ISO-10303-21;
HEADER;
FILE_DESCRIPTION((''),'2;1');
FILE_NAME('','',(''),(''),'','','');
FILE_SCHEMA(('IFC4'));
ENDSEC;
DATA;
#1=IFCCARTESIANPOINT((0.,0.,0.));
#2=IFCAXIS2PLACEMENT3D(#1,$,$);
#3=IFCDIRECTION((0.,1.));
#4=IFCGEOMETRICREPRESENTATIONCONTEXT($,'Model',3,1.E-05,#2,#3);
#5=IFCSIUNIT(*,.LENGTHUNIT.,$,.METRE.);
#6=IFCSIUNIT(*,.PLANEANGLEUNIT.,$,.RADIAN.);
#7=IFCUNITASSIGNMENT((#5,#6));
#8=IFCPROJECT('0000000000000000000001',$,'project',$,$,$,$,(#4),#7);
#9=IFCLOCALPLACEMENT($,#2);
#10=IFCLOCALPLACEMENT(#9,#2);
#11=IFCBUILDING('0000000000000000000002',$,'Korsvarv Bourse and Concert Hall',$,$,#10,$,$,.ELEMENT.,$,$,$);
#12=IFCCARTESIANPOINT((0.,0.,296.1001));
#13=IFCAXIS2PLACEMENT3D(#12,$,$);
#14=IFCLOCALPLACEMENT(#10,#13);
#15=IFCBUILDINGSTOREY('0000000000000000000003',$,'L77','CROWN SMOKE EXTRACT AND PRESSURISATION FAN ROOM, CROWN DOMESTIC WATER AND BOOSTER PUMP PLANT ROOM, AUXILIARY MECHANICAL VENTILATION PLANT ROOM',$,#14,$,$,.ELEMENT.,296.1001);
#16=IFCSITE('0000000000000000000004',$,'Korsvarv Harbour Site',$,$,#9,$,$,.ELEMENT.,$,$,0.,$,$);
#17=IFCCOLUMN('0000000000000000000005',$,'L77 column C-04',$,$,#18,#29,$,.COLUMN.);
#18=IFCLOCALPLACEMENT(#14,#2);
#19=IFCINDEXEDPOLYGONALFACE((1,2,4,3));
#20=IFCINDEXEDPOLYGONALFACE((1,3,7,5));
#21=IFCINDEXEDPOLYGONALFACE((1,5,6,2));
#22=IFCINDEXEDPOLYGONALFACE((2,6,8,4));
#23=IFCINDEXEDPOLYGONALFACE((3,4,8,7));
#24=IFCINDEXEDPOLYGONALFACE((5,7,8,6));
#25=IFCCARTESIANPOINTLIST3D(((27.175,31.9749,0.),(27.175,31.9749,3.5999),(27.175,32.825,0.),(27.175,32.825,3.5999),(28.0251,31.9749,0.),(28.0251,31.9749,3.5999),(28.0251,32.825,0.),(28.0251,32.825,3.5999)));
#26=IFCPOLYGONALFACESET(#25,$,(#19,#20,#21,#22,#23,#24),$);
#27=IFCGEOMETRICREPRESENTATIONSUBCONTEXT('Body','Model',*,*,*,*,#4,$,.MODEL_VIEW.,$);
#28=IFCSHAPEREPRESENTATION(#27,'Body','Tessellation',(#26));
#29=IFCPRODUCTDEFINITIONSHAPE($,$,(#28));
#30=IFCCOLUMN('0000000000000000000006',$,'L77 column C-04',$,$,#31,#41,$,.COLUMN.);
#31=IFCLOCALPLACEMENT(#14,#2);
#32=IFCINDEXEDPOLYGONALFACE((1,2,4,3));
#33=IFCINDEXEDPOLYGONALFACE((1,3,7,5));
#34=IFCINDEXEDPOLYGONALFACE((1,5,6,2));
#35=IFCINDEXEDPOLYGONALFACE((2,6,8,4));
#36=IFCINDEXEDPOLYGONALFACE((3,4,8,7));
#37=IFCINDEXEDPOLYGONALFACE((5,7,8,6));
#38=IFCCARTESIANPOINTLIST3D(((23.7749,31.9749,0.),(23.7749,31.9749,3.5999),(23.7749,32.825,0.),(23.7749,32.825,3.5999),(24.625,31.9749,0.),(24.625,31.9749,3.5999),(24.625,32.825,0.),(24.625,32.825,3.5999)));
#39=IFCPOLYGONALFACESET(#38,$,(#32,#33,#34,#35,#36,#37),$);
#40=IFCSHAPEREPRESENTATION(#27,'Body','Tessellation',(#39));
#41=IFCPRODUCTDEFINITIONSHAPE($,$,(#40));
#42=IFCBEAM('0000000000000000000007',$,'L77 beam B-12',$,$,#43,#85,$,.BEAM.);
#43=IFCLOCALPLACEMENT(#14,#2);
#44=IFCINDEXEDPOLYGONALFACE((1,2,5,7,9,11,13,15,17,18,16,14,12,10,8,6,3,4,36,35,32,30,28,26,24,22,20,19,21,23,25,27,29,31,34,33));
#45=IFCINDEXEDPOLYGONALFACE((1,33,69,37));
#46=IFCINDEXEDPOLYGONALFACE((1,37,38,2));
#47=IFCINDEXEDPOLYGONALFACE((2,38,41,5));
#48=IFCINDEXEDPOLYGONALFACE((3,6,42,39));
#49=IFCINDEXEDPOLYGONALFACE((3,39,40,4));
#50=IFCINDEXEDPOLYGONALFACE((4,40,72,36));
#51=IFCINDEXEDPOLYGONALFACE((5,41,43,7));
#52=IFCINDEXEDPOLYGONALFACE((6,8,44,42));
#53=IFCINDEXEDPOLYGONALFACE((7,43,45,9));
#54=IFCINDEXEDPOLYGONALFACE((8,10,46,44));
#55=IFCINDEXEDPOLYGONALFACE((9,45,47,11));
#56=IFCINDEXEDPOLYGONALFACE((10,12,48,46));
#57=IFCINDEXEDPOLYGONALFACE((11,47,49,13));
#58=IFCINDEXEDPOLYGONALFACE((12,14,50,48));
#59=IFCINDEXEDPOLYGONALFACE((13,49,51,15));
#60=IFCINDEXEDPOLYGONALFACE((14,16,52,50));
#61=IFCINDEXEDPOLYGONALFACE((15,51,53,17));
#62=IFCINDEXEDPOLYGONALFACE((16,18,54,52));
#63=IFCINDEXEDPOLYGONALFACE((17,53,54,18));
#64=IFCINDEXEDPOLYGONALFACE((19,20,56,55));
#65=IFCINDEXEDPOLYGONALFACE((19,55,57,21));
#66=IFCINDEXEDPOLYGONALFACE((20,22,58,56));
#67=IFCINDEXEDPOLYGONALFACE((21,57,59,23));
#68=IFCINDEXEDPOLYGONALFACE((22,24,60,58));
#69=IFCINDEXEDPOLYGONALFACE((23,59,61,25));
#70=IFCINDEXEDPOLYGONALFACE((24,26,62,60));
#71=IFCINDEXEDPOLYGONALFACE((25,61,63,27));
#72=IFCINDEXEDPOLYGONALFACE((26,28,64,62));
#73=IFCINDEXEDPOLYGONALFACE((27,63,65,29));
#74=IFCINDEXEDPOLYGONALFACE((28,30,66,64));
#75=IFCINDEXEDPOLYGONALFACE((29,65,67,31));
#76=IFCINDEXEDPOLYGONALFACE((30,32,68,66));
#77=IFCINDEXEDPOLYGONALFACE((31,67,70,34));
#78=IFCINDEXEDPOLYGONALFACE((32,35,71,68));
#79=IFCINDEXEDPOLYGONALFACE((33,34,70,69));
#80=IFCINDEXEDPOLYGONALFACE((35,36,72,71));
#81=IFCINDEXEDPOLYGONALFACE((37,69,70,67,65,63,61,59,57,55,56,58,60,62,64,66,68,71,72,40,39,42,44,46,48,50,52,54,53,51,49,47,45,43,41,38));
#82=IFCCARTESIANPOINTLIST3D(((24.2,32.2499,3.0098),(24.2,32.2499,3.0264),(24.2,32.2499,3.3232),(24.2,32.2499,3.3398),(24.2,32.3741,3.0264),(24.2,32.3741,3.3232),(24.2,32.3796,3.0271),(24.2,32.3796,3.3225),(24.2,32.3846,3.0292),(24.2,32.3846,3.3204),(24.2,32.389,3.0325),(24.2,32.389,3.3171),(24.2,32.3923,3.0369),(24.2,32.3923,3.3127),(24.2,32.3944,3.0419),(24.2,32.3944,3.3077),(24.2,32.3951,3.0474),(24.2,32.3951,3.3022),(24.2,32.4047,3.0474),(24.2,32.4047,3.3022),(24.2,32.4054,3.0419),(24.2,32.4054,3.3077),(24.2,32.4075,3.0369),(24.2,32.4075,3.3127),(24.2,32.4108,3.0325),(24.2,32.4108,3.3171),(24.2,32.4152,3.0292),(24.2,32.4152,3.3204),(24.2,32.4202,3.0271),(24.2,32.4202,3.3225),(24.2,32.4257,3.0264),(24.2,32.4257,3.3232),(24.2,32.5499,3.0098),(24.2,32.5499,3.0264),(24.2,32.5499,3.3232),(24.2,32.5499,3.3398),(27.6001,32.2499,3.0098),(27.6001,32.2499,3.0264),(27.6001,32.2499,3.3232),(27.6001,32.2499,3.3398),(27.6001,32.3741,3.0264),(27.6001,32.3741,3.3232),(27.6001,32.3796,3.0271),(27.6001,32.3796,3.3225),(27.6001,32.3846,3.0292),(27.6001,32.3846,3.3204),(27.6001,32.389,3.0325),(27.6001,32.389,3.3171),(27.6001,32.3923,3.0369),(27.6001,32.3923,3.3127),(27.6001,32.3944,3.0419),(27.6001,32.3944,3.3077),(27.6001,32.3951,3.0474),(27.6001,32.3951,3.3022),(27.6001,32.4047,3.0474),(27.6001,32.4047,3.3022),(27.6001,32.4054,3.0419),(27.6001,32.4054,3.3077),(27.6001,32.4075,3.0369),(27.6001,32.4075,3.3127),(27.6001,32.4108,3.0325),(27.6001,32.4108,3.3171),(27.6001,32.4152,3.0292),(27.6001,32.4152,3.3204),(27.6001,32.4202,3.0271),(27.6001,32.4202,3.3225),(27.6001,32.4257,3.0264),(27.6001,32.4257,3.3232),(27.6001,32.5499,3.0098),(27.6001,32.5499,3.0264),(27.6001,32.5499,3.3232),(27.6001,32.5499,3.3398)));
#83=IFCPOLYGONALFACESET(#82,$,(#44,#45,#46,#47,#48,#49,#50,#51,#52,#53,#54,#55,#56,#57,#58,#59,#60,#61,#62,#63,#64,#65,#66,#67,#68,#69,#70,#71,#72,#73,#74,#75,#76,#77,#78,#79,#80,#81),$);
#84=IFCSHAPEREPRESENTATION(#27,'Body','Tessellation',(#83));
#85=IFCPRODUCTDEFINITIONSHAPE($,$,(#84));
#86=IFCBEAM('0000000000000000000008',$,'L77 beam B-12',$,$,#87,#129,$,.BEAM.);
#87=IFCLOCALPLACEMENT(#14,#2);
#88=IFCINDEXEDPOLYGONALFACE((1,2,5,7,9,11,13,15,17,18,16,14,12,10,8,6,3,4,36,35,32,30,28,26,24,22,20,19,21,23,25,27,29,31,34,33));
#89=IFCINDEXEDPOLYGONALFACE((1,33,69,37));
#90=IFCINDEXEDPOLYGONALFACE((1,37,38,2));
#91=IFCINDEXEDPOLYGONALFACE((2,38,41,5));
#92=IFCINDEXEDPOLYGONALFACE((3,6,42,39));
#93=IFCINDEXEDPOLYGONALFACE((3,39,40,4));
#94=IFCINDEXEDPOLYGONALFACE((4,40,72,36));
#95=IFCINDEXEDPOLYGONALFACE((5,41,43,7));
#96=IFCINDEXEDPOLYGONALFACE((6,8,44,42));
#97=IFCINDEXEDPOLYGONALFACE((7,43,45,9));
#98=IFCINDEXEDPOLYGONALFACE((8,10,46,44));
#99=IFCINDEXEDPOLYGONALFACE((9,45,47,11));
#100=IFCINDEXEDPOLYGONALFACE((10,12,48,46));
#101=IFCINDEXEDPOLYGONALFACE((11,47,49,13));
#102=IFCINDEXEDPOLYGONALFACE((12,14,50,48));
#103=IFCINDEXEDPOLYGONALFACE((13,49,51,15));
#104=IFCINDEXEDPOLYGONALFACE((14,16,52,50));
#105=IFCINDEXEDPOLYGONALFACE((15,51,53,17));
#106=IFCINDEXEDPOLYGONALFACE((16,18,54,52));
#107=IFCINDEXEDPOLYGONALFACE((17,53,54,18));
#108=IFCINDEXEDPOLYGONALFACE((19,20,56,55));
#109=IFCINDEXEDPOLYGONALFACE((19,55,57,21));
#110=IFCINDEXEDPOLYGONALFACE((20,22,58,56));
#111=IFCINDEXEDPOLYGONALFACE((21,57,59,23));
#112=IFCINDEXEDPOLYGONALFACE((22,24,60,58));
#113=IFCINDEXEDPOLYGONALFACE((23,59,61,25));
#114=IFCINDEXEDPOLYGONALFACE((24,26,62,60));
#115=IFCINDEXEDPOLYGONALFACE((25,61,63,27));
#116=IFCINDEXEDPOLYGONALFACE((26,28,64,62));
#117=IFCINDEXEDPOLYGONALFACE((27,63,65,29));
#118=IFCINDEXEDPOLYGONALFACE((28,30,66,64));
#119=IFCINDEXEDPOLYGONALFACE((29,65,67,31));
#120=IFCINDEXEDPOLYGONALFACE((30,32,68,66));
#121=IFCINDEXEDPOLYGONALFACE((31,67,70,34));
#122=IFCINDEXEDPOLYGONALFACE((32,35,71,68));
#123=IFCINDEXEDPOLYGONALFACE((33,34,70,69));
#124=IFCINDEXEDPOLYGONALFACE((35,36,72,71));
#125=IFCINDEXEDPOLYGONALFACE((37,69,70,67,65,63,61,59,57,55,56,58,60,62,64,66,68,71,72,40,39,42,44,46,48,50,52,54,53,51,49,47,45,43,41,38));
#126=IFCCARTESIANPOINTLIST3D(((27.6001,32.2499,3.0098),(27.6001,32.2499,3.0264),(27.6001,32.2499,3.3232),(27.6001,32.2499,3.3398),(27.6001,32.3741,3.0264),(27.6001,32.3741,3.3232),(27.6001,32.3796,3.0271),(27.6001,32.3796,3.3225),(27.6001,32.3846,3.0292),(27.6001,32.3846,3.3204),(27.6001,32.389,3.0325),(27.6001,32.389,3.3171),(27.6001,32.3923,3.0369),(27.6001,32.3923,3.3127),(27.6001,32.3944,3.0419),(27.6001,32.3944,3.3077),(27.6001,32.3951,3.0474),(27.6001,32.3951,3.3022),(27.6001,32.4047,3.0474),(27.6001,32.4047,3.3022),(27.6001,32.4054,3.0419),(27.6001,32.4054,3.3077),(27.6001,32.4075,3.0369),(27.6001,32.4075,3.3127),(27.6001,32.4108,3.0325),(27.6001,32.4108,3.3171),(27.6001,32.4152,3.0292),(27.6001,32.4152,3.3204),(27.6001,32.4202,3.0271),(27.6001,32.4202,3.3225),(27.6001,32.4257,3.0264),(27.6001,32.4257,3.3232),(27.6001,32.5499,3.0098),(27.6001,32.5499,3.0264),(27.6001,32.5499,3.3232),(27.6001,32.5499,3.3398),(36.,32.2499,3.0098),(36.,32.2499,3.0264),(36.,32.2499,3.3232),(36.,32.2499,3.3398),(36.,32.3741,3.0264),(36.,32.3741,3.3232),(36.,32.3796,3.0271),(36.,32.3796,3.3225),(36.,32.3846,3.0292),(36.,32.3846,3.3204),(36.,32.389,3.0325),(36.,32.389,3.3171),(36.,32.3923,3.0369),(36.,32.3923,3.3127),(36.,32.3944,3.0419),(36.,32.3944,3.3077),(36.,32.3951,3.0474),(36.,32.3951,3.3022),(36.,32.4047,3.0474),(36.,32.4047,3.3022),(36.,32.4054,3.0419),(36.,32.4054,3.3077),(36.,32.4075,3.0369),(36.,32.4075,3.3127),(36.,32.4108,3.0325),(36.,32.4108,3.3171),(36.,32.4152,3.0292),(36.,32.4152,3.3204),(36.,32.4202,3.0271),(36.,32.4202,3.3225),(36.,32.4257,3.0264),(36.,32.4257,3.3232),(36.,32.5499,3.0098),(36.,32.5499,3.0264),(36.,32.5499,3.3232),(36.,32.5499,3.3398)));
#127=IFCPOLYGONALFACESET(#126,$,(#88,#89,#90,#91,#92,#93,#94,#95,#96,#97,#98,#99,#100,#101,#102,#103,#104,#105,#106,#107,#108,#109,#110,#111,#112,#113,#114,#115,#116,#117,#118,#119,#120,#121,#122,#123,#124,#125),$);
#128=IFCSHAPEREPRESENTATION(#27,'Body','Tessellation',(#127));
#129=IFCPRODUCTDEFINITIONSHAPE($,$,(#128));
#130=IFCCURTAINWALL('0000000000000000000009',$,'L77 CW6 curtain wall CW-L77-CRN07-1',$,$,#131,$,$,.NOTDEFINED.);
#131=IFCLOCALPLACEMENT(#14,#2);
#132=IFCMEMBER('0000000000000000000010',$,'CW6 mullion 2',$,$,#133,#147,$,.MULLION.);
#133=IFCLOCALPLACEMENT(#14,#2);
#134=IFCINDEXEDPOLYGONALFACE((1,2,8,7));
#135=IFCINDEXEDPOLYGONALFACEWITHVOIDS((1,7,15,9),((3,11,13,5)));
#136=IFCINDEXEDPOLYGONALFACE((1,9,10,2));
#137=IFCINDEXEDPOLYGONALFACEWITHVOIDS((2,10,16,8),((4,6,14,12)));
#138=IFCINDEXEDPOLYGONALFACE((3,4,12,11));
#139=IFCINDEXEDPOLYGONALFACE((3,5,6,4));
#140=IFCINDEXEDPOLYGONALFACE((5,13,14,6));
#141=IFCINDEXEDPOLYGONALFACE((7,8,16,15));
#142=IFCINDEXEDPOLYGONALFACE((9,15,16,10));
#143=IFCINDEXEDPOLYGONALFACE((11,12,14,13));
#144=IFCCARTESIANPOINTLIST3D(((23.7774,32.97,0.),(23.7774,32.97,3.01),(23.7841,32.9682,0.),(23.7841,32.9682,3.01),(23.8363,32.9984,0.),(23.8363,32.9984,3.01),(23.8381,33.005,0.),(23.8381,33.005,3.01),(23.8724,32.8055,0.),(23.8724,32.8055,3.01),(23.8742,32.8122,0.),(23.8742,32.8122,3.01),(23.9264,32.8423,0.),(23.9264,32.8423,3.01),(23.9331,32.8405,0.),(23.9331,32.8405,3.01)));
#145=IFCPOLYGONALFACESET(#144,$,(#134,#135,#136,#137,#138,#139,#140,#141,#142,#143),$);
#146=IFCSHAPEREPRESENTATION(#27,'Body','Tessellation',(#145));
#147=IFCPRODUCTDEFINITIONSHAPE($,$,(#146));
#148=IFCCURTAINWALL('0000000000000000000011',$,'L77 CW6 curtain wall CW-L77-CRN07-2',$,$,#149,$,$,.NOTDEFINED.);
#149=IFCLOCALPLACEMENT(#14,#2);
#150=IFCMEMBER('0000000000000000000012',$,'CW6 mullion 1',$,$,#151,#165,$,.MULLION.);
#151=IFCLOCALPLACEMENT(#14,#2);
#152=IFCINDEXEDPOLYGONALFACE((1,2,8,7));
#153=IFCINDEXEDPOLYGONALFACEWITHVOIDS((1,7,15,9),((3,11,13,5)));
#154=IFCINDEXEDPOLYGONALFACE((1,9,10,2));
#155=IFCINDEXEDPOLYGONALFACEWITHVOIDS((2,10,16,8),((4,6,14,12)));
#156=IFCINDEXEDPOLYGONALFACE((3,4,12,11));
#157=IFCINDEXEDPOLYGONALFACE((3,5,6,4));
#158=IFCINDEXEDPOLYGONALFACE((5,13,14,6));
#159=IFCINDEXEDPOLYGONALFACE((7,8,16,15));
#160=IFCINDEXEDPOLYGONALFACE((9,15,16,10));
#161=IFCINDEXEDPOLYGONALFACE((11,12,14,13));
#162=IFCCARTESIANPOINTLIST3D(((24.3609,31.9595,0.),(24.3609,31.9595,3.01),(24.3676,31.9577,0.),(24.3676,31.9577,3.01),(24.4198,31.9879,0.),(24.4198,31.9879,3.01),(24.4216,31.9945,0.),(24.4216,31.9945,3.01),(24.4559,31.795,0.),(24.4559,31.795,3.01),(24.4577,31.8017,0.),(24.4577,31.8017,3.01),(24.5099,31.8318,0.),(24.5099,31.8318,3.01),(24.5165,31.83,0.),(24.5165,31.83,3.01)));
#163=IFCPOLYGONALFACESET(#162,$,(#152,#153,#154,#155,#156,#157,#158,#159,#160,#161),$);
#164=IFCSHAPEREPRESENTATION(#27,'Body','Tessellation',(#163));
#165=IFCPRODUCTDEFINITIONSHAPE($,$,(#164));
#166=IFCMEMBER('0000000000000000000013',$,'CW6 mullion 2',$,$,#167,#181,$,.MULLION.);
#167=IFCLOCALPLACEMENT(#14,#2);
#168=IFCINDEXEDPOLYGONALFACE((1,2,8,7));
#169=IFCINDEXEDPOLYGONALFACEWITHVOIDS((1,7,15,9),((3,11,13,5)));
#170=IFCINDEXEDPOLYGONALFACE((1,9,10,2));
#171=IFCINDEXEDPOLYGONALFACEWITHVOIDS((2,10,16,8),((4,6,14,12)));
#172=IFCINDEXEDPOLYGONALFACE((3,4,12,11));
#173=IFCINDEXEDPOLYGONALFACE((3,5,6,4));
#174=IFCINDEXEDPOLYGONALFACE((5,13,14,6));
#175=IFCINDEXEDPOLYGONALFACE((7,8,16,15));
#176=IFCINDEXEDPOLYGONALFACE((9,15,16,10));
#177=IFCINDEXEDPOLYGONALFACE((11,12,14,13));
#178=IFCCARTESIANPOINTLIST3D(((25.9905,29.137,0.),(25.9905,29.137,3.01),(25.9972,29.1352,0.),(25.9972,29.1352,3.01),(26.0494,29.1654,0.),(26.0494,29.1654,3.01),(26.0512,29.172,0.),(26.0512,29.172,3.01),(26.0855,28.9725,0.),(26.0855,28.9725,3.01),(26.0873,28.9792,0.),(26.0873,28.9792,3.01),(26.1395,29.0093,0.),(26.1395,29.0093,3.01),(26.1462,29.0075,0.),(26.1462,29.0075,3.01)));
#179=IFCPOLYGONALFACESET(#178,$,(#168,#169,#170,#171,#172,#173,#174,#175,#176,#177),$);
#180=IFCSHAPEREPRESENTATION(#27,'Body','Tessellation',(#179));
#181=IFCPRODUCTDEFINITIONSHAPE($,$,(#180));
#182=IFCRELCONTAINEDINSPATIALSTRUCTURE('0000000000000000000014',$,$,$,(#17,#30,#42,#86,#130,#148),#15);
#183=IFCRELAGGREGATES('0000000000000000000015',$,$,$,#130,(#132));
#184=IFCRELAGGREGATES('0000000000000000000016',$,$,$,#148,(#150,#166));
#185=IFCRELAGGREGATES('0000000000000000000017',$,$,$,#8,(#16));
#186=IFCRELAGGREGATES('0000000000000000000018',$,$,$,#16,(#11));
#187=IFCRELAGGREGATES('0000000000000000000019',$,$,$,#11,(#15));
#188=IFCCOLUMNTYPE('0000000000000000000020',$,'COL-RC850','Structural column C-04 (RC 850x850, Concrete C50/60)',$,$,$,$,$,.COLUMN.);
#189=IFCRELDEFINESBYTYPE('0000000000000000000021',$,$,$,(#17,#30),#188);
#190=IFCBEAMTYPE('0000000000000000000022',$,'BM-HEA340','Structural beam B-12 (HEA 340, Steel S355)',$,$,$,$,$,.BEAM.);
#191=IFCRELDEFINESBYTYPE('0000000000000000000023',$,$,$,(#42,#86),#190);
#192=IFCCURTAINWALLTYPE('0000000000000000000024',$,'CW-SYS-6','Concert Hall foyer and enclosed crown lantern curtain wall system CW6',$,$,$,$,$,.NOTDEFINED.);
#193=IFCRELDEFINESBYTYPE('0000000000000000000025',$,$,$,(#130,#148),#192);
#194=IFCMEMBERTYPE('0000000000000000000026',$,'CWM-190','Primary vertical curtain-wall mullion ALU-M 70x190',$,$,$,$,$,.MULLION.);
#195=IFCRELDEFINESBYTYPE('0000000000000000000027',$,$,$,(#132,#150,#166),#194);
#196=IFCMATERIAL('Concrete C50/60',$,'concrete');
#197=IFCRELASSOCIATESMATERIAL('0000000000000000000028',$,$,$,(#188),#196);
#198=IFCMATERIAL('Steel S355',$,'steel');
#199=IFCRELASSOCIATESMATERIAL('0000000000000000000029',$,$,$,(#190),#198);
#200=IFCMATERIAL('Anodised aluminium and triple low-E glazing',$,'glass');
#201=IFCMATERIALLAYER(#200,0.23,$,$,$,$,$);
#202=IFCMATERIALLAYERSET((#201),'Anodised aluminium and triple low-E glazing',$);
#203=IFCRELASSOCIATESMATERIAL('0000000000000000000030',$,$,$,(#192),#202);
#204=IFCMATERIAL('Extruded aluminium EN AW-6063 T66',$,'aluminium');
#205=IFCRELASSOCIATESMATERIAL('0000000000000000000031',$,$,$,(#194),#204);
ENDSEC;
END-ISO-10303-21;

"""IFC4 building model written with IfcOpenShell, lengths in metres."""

from ifc_helpers import new_model, si_unit, direction, frame, origin, origin_2d, place, context, subcontext, project, spatial, rectangle, hollow_rectangle, i_section, extrude, source, transform, mapped, material, layer, layer_set, material_profile, profile_set, type_object, element, aggregate, save


model = new_model("IFC4")

# Units and contexts
model_context = context("Model", 3, precision=1e-05, world=origin(), true_north=direction((0.0, 1.0)))
body_context = subcontext(model_context, "Body", "Model", "MODEL_VIEW")
ifc_project = project(units=[si_unit("LENGTHUNIT", "METRE"), si_unit("PLANEANGLEUNIT", "RADIAN")], contexts=[model_context])

# Site, building, storey
site_placement = place(None, origin())
site = spatial("IfcSite", under=ifc_project, at=site_placement, Name="Korsvarv Harbour Site", CompositionType="ELEMENT", RefElevation=0.0)
building_placement = place(site_placement, origin())
building = spatial("IfcBuilding", under=site, at=building_placement, Name="Korsvarv Bourse and Concert Hall", CompositionType="ELEMENT")
storey_placement = place(building_placement, frame((0.0, 0.0, 296.1001)))
storey = spatial("IfcBuildingStorey", under=building, at=storey_placement, Name="L77", Description="CROWN SMOKE EXTRACT AND PRESSURISATION FAN ROOM, CROWN DOMESTIC WATER AND BOOSTER PUMP PLANT ROOM, AUXILIARY MECHANICAL VENTILATION PLANT ROOM", CompositionType="ELEMENT", Elevation=296.1001)

# Columns
ifc_material_1 = material(Name="Concrete C50/60", Category="concrete")
ifc_material_profile_1 = material_profile(ifc_material_1, rectangle(XDim=0.8501, YDim=0.8501, at=origin_2d()), Name="RC 850x850")
ifc_profile_set_1 = profile_set([ifc_material_profile_1], Name="Concrete C50/60")
column_type = type_object("IfcColumnType", Name="COL-RC850", Description="Structural column C-04 (RC 850x850, Concrete C50/60)", PredefinedType="COLUMN", material=ifc_profile_set_1)
shared_shape_1 = source(origin(), body_context, "Body", "SweptSolid", [
    extrude(rectangle(XDim=0.8501, YDim=0.8501, at=origin_2d()), origin(), (0.0, 0.0, 1.0), 3.5999),
])
for number, where, z_axis, x_axis, name in (
    (1, (27.6001, 32.3999, 0.0), (0.0, 0.0, 1.0), (1.0, 0.0, 0.0), "L77 column C-04"),
    (2, (24.2, 32.3999, 0.0), (0.0, 0.0, 1.0), (1.0, 0.0, 0.0), "L77 column C-04"),
):
    element("IfcColumn", number, at=place(storey_placement, frame(where, z_axis=z_axis, x_axis=x_axis)), inside=storey, type_object=column_type, Name=name, PredefinedType="COLUMN", context=body_context, shape_type="MappedRepresentation", body=[
        mapped(shared_shape_1, transform((0.0, 0.0, 0.0), scale=1.0)),
    ])

# Beams
ifc_material_2 = material(Name="Steel S355", Category="steel")
ifc_material_profile_2 = material_profile(ifc_material_2, i_section(OverallWidth=0.3, OverallDepth=0.3301, WebThickness=0.0095, FlangeThickness=0.0166, FilletRadius=0.021, at=origin_2d()), Name="HEA 340")
ifc_profile_set_2 = profile_set([ifc_material_profile_2], Name="Steel S355")
beam_type = type_object("IfcBeamType", Name="BM-HEA340", Description="Structural beam B-12 (HEA 340, Steel S355)", PredefinedType="BEAM", material=ifc_profile_set_2)
shared_shape_2 = source(origin(), body_context, "Body", "SweptSolid", [
    extrude(i_section(OverallWidth=0.3, OverallDepth=0.3301, WebThickness=0.0095, FlangeThickness=0.0166, FilletRadius=0.021, at=origin_2d()), origin(), (0.0, 0.0, 1.0), 3.4001),
])
beam_1_placement = place(storey_placement, frame((24.2, 32.3999, 3.1748), z_axis=(1.0, 0.0, 0.0), x_axis=(0.0, 1.0, 0.0)))
element("IfcBeam", 3, at=beam_1_placement, inside=storey, type_object=beam_type, Name="L77 beam B-12", PredefinedType="BEAM", context=body_context, shape_type="MappedRepresentation", body=[
    mapped(shared_shape_2, transform((0.0, 0.0, 0.0), scale=1.0)),
])
shared_shape_3 = source(origin(), body_context, "Body", "SweptSolid", [
    extrude(i_section(OverallWidth=0.3, OverallDepth=0.3301, WebThickness=0.0095, FlangeThickness=0.0166, FilletRadius=0.021, at=origin_2d()), origin(), (0.0, 0.0, 1.0), 8.3999),
])
beam_2_placement = place(storey_placement, frame((27.6001, 32.3999, 3.1748), z_axis=(1.0, 0.0, 0.0), x_axis=(0.0, 1.0, 0.0)))
element("IfcBeam", 4, at=beam_2_placement, inside=storey, type_object=beam_type, Name="L77 beam B-12", PredefinedType="BEAM", context=body_context, shape_type="MappedRepresentation", body=[
    mapped(shared_shape_3, transform((0.0, 0.0, 0.0), scale=1.0)),
])

# Curtain wall, member
ifc_material_3 = material(Name="Anodised aluminium and triple low-E glazing", Category="glass")
ifc_layer_1 = layer(ifc_material_3, 0.23)
ifc_layer_set_1 = layer_set([ifc_layer_1], Name="Anodised aluminium and triple low-E glazing")
curtain_wall_type = type_object("IfcCurtainWallType", Name="CW-SYS-6", Description="Concert Hall foyer and enclosed crown lantern curtain wall system CW6", PredefinedType="NOTDEFINED", material=ifc_layer_set_1)
curtain_wall_1_placement = place(storey_placement, origin())
curtain_wall_1 = element("IfcCurtainWall", 5, at=curtain_wall_1_placement, inside=storey, type_object=curtain_wall_type, Name="L77 CW6 curtain wall CW-L77-CRN07-1", PredefinedType="NOTDEFINED")
ifc_material_4 = material(Name="Extruded aluminium EN AW-6063 T66", Category="aluminium")
ifc_material_profile_3 = material_profile(ifc_material_4, hollow_rectangle(XDim=0.0701, YDim=0.1899, WallThickness=0.0049, at=origin_2d()), Name="ALU-M 70x190")
ifc_profile_set_3 = profile_set([ifc_material_profile_3], Name="Extruded aluminium EN AW-6063 T66")
member_type_1 = type_object("IfcMemberType", Name="CWM-190", Description="Primary vertical curtain-wall mullion ALU-M 70x190", PredefinedType="MULLION", material=ifc_profile_set_3)
shared_shape_4 = source(origin(), body_context, "Body", "SweptSolid", [
    extrude(hollow_rectangle(XDim=0.0701, YDim=0.1899, WallThickness=0.0049, at=origin_2d()), origin(), (0.0, 0.0, 1.0), 3.01),
])
member_1_placement = place(storey_placement, frame((23.8552, 32.9053, 0.0), z_axis=(0.0, 0.0, 1.0), x_axis=(0.86599, 0.500061, 0.0)))
member_1 = element("IfcMember", 6, at=member_1_placement, type_object=member_type_1, Name="CW6 mullion 2", PredefinedType="MULLION", context=body_context, shape_type="MappedRepresentation", body=[
    mapped(shared_shape_4, transform((0.0, 0.0, 0.0), scale=1.0)),
])

# Curtain wall, members
curtain_wall_2_placement = place(storey_placement, origin())
curtain_wall_2 = element("IfcCurtainWall", 7, at=curtain_wall_2_placement, inside=storey, type_object=curtain_wall_type, Name="L77 CW6 curtain wall CW-L77-CRN07-2", PredefinedType="NOTDEFINED")
member_2_placement = place(storey_placement, frame((24.4387, 31.8948, 0.0), z_axis=(0.0, 0.0, 1.0), x_axis=(0.866021, 0.500008, 0.0)))
member_2 = element("IfcMember", 8, at=member_2_placement, type_object=member_type_1, Name="CW6 mullion 1", PredefinedType="MULLION", context=body_context, shape_type="MappedRepresentation", body=[
    mapped(shared_shape_4, transform((0.0, 0.0, 0.0), scale=1.0)),
])
member_3_placement = place(storey_placement, frame((26.0684, 29.0723, 0.0), z_axis=(0.0, 0.0, 1.0), x_axis=(0.866021, 0.500008, 0.0)))
member_3 = element("IfcMember", 9, at=member_3_placement, type_object=member_type_1, Name="CW6 mullion 2", PredefinedType="MULLION", context=body_context, shape_type="MappedRepresentation", body=[
    mapped(shared_shape_4, transform((0.0, 0.0, 0.0), scale=1.0)),
])

aggregate(curtain_wall_1, [member_1])
aggregate(curtain_wall_2, [member_2, member_3])

save(model, "model.ifc")
